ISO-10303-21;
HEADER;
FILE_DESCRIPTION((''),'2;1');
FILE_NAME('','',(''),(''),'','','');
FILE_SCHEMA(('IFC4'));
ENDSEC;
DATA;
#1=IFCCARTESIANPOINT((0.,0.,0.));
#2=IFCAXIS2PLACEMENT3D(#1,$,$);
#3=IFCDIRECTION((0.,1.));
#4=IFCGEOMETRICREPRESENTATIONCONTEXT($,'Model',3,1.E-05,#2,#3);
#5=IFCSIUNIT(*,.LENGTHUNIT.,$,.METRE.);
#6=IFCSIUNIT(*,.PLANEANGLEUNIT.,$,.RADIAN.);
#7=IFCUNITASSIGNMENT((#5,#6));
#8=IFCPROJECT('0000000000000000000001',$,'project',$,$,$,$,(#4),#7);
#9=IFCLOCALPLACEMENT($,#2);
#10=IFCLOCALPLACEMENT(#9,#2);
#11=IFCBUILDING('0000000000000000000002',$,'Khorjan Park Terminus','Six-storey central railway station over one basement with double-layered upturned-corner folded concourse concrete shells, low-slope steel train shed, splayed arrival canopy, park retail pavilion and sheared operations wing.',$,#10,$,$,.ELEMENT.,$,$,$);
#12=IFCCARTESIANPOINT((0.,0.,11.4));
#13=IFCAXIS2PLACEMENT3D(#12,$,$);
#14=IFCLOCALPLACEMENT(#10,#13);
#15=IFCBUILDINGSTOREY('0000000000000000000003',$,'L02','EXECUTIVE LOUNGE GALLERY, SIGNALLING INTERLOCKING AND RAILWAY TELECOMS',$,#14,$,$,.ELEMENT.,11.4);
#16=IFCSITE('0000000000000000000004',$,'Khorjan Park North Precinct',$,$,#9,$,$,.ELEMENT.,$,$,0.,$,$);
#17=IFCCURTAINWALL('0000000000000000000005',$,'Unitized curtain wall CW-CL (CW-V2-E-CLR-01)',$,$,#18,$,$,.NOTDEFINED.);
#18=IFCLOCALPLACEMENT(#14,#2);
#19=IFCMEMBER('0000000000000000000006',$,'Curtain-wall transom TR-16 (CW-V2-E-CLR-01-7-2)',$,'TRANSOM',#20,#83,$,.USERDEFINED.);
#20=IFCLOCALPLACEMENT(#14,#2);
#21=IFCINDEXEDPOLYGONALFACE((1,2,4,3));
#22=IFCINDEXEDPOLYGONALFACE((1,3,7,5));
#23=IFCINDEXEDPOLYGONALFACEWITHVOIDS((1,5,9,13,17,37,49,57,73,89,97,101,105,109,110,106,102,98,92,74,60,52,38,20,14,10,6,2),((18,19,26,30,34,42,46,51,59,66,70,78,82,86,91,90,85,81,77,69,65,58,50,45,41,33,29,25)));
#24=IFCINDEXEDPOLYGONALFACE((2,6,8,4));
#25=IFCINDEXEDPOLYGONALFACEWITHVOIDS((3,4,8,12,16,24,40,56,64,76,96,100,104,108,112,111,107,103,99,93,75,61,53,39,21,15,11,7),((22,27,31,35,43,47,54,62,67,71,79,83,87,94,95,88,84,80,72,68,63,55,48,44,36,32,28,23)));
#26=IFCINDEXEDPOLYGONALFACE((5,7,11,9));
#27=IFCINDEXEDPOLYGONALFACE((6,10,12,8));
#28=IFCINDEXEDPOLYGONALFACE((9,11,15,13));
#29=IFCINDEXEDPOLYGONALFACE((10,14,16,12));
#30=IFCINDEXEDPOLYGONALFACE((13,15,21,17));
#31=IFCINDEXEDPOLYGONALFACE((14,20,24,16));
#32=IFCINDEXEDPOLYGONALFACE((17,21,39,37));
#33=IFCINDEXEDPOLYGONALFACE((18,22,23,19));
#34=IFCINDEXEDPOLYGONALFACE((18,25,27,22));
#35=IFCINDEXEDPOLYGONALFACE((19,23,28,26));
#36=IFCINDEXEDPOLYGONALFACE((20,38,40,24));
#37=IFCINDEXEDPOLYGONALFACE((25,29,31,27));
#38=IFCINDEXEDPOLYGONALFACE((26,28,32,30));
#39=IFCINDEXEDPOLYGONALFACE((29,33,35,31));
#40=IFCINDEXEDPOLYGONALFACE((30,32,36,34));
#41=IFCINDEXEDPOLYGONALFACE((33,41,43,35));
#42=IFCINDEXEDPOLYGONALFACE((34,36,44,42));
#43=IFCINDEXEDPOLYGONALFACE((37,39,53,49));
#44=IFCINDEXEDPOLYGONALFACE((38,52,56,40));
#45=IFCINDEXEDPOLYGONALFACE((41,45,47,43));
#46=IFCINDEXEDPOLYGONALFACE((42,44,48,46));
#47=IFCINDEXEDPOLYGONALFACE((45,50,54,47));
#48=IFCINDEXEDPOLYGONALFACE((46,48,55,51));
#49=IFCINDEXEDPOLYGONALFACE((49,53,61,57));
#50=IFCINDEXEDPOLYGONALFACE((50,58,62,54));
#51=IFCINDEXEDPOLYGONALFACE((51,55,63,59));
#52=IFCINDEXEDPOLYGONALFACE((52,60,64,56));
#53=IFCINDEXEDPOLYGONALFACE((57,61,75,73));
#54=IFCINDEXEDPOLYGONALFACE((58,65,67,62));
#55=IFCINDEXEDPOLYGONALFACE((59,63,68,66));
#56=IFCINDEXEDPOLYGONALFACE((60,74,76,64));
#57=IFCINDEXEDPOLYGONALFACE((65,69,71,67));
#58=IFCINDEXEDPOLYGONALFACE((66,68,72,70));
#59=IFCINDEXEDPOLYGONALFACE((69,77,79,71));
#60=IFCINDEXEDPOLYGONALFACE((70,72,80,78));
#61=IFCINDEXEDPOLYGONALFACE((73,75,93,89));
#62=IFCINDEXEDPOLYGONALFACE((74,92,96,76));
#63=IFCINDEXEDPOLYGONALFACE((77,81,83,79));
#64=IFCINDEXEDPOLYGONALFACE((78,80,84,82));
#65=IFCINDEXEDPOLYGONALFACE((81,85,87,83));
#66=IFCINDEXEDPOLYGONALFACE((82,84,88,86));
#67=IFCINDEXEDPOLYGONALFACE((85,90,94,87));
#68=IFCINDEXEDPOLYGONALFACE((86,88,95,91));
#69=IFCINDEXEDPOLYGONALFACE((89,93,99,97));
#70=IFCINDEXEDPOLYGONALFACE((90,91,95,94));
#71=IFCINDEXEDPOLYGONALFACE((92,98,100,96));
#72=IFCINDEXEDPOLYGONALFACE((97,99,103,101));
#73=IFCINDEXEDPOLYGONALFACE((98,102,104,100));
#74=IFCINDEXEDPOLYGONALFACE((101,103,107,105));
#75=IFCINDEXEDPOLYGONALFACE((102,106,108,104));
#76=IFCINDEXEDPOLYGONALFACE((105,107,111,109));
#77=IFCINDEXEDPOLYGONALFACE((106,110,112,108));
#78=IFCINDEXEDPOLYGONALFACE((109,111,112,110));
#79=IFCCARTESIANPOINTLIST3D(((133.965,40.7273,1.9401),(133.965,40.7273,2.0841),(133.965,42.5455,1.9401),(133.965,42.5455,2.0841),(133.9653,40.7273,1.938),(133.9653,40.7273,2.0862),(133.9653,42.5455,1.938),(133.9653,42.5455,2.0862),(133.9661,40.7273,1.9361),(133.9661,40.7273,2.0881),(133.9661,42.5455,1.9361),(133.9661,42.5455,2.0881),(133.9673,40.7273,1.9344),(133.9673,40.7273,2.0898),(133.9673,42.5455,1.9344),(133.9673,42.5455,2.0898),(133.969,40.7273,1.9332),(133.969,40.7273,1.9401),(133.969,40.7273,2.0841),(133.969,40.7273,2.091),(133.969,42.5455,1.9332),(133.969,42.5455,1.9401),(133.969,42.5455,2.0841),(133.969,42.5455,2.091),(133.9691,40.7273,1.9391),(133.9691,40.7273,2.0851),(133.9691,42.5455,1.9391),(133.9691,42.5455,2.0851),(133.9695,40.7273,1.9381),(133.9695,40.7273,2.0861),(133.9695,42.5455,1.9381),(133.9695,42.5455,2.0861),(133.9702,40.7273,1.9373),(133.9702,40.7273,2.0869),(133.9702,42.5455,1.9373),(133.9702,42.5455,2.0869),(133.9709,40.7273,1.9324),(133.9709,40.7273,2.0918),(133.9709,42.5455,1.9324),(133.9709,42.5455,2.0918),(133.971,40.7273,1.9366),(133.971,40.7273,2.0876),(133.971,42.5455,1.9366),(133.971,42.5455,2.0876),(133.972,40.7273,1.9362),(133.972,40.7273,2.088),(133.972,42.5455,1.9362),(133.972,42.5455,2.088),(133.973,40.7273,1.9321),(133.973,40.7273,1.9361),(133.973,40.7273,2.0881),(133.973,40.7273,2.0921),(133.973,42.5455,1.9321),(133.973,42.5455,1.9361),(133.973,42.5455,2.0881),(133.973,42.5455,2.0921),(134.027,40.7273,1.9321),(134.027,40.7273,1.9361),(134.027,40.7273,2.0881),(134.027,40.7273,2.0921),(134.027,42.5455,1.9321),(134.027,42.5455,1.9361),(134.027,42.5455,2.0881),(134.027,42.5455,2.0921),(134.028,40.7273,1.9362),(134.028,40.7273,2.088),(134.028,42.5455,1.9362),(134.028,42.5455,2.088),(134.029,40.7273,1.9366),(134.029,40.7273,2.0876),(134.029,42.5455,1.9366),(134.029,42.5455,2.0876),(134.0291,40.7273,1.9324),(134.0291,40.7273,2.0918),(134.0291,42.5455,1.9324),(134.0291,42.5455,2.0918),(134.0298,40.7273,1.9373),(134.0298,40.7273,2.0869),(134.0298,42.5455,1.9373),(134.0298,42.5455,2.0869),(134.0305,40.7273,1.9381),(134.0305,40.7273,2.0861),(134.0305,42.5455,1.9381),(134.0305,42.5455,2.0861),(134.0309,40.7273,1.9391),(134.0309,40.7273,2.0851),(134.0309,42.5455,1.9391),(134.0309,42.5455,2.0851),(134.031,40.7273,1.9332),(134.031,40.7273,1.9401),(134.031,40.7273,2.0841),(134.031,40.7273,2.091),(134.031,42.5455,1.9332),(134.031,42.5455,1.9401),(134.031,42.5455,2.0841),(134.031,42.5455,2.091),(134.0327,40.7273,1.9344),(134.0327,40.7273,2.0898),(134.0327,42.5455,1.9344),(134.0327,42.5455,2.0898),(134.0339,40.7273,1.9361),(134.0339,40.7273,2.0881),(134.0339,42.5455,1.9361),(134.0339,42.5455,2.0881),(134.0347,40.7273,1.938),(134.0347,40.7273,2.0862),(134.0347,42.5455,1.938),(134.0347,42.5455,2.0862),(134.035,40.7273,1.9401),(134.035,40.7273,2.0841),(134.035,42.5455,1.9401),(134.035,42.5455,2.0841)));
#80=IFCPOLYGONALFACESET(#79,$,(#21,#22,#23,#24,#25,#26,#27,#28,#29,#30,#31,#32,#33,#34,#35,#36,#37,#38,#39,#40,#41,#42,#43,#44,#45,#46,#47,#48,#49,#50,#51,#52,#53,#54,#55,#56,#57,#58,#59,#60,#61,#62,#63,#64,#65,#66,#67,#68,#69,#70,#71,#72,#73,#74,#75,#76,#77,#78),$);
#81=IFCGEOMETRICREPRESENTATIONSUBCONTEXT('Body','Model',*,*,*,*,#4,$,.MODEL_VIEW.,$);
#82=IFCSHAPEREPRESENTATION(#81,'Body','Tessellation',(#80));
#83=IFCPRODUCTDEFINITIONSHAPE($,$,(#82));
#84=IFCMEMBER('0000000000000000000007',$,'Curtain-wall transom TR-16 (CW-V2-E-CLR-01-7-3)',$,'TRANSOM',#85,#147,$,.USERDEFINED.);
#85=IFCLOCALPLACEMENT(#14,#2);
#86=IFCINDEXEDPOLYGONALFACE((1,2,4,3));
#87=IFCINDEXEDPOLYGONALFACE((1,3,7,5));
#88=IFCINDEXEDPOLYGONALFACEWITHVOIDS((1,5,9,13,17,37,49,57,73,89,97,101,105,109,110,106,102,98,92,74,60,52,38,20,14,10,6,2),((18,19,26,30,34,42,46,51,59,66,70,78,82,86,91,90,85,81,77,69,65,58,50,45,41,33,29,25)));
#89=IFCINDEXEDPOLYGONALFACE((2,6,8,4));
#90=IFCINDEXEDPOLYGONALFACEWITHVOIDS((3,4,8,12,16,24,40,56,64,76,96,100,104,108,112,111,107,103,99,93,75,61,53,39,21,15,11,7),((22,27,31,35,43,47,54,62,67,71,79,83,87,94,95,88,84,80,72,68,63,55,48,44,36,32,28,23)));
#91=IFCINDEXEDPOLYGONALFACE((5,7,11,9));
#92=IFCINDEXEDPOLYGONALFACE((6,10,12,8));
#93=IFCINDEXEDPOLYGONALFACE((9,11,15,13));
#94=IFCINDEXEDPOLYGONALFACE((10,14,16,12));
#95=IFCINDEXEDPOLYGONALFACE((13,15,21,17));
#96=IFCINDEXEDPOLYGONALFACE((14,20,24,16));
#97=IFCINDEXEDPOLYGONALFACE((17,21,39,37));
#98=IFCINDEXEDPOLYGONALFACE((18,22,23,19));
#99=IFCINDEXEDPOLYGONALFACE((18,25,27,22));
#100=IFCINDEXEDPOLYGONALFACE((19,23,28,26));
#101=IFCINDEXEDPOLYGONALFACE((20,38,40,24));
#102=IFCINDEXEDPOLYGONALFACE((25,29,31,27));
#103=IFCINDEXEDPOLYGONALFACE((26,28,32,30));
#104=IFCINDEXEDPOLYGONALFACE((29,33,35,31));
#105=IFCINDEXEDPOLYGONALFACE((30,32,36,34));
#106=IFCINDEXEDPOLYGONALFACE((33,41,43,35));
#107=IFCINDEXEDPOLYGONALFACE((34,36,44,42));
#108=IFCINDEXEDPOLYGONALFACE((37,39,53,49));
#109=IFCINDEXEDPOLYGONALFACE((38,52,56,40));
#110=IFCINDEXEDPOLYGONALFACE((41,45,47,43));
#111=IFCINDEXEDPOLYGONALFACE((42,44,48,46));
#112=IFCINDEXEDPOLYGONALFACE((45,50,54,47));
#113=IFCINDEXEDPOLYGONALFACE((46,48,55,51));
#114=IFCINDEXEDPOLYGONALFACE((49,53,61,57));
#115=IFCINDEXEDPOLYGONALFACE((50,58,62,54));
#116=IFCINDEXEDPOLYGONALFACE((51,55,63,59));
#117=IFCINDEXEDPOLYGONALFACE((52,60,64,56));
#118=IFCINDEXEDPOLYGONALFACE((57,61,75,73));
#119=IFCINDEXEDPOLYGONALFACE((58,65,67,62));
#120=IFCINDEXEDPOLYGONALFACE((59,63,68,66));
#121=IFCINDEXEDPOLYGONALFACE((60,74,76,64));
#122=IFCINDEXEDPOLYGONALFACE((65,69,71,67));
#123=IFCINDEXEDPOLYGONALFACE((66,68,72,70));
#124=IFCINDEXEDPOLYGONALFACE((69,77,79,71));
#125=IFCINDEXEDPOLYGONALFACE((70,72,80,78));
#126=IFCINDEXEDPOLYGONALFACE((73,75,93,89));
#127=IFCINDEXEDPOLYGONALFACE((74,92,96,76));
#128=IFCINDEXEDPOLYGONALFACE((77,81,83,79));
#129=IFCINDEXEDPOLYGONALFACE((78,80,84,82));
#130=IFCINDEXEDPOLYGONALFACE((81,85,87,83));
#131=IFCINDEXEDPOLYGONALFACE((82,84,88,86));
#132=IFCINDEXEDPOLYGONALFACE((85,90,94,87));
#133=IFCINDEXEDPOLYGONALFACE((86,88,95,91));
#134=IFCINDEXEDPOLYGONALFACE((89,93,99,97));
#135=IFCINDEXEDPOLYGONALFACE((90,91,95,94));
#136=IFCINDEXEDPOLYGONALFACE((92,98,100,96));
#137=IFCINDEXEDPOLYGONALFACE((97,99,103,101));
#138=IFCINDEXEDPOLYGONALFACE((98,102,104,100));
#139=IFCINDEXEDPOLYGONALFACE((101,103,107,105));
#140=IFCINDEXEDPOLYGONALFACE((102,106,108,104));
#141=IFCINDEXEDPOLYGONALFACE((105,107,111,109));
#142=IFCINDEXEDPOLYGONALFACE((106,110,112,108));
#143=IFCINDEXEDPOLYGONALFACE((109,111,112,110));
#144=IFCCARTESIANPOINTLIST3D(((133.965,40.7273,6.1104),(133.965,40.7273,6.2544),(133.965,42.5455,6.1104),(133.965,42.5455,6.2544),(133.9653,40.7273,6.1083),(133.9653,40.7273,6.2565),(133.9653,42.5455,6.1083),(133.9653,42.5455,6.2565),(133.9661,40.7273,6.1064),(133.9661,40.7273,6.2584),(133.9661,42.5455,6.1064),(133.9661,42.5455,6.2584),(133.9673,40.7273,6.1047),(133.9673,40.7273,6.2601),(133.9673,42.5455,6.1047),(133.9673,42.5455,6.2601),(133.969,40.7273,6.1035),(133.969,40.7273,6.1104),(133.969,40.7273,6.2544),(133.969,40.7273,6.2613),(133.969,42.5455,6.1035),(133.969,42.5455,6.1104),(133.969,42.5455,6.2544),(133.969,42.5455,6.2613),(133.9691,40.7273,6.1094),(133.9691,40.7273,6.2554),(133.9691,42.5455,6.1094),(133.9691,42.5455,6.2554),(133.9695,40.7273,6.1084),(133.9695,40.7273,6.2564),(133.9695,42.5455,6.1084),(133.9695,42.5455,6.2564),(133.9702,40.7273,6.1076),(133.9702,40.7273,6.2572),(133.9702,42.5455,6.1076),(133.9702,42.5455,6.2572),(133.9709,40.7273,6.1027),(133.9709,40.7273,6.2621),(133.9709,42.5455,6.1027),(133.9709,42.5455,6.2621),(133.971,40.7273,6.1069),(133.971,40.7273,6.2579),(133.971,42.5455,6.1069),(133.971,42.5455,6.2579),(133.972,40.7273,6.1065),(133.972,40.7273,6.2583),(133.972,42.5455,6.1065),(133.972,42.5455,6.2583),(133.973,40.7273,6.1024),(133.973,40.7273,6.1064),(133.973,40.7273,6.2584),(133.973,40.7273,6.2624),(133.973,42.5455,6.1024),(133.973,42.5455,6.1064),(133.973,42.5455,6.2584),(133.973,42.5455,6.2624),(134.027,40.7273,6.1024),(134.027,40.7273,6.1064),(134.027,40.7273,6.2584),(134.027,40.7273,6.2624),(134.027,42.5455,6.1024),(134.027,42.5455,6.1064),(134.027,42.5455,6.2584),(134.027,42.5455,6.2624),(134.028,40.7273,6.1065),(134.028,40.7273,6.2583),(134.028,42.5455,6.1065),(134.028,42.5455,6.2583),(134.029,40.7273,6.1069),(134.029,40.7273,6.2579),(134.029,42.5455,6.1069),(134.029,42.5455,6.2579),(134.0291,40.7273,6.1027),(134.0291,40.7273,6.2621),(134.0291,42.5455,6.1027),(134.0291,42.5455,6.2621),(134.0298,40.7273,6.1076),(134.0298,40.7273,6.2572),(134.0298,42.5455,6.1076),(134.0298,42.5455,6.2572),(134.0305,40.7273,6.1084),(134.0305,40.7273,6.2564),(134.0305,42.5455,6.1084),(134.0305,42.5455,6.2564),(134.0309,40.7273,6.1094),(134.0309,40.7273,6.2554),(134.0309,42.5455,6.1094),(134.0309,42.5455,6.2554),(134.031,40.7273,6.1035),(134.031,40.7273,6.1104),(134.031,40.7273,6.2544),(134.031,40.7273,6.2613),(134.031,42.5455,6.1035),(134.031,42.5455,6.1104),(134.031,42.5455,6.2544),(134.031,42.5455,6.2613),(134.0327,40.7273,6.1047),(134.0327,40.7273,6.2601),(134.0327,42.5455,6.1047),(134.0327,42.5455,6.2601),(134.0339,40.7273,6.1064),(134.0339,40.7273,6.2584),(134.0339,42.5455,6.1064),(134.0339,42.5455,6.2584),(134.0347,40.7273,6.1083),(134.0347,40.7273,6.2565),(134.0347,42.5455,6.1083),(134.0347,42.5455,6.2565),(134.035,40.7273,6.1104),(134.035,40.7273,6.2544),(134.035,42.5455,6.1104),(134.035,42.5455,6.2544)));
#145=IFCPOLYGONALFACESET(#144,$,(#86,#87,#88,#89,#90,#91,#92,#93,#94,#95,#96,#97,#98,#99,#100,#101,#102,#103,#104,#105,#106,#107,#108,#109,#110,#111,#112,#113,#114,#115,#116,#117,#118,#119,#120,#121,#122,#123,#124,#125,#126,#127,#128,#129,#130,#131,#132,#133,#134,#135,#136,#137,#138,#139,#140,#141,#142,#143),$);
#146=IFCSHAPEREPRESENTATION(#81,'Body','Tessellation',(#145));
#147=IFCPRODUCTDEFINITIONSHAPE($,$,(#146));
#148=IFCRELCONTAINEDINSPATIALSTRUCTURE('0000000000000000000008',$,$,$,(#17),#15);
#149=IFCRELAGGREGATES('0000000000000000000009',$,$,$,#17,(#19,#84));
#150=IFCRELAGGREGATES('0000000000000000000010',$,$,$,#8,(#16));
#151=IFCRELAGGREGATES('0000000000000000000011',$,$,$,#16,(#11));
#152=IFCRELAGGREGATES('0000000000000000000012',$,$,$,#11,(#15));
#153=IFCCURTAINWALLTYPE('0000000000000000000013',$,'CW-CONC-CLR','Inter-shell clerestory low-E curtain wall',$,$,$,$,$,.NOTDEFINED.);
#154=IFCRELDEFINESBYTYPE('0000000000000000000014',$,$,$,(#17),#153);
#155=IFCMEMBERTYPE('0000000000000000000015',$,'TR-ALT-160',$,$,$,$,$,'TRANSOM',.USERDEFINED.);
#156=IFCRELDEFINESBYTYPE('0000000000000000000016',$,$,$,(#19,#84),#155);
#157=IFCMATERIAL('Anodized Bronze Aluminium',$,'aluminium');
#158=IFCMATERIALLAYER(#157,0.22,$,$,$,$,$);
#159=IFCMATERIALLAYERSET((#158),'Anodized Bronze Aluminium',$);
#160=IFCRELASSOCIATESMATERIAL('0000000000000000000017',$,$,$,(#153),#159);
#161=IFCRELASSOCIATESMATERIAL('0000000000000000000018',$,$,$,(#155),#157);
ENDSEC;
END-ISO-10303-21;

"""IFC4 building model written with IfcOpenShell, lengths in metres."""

from ifc_helpers import new_model, si_unit, direction, frame, origin, origin_2d, place, context, subcontext, project, spatial, hollow_rectangle, extrude, material, layer, layer_set, material_profile, profile_set, type_object, element, aggregate, save


model = new_model("IFC4")

# Units and contexts
model_context = context("Model", 3, precision=1e-05, world=origin(), true_north=direction((0.0, 1.0)))
body_context = subcontext(model_context, "Body", "Model", "MODEL_VIEW")
ifc_project = project(units=[si_unit("LENGTHUNIT", "METRE"), si_unit("PLANEANGLEUNIT", "RADIAN")], contexts=[model_context])

# Site, building, storey
site_placement = place(None, origin())
site = spatial("IfcSite", under=ifc_project, at=site_placement, Name="Khorjan Park North Precinct", CompositionType="ELEMENT", RefElevation=0.0)
building_placement = place(site_placement, origin())
building = spatial("IfcBuilding", under=site, at=building_placement, Name="Khorjan Park Terminus", Description="Six-storey central railway station over one basement with double-layered upturned-corner folded concourse concrete shells, low-slope steel train shed, splayed arrival canopy, park retail pavilion and sheared operations wing.", CompositionType="ELEMENT")
storey_placement = place(building_placement, frame((0.0, 0.0, 11.4)))
storey = spatial("IfcBuildingStorey", under=building, at=storey_placement, Name="L02", Description="EXECUTIVE LOUNGE GALLERY, SIGNALLING INTERLOCKING AND RAILWAY TELECOMS", CompositionType="ELEMENT", Elevation=11.4)

# Curtain wall, members
ifc_material_1 = material(Name="Anodized Bronze Aluminium", Category="aluminium")
ifc_layer_1 = layer(ifc_material_1, 0.22)
ifc_layer_set_1 = layer_set([ifc_layer_1], Name="Anodized Bronze Aluminium")
curtain_wall_type = type_object("IfcCurtainWallType", Name="CW-CONC-CLR", Description="Inter-shell clerestory low-E curtain wall", PredefinedType="NOTDEFINED", material=ifc_layer_set_1)
curtain_wall_placement = place(storey_placement, origin())
curtain_wall = element("IfcCurtainWall", 1, at=curtain_wall_placement, inside=storey, type_object=curtain_wall_type, Name="Unitized curtain wall CW-CL (CW-V2-E-CLR-01)", PredefinedType="NOTDEFINED")
ifc_material_profile = material_profile(ifc_material_1, hollow_rectangle(XDim=0.07, YDim=0.16, WallThickness=0.004, InnerFilletRadius=0.004, OuterFilletRadius=0.008, at=origin_2d()), Name="ALT 70x160x4")
ifc_profile_set = profile_set([ifc_material_profile], Name="Anodized Bronze Aluminium")
member_type = type_object("IfcMemberType", Name="TR-ALT-160", ElementType="TRANSOM", PredefinedType="USERDEFINED", material=ifc_profile_set)
member_1_placement = place(storey_placement, frame((134.0, 40.7273, 2.0121), z_axis=(0.0, 1.0, 0.0), x_axis=(-1.0, 0.0, 0.0)))
member_1 = element("IfcMember", 2, at=member_1_placement, type_object=member_type, Name="Curtain-wall transom TR-16 (CW-V2-E-CLR-01-7-2)", ObjectType="TRANSOM", PredefinedType="USERDEFINED", context=body_context, shape_type="SweptSolid", body=[
    extrude(hollow_rectangle(XDim=0.07, YDim=0.16, WallThickness=0.004, InnerFilletRadius=0.004, OuterFilletRadius=0.008, at=origin_2d()), origin(), (0.0, 0.0, 1.0), 1.8182),
])
member_2_placement = place(storey_placement, frame((134.0, 40.7273, 6.1824), z_axis=(0.0, 1.0, 0.0), x_axis=(-1.0, 0.0, 0.0)))
member_2 = element("IfcMember", 3, at=member_2_placement, type_object=member_type, Name="Curtain-wall transom TR-16 (CW-V2-E-CLR-01-7-3)", ObjectType="TRANSOM", PredefinedType="USERDEFINED", context=body_context, shape_type="SweptSolid", body=[
    extrude(hollow_rectangle(XDim=0.07, YDim=0.16, WallThickness=0.004, InnerFilletRadius=0.004, OuterFilletRadius=0.008, at=origin_2d()), origin(), (0.0, 0.0, 1.0), 1.8182),
])
aggregate(curtain_wall, [member_1, member_2])

save(model, "model.ifc")
